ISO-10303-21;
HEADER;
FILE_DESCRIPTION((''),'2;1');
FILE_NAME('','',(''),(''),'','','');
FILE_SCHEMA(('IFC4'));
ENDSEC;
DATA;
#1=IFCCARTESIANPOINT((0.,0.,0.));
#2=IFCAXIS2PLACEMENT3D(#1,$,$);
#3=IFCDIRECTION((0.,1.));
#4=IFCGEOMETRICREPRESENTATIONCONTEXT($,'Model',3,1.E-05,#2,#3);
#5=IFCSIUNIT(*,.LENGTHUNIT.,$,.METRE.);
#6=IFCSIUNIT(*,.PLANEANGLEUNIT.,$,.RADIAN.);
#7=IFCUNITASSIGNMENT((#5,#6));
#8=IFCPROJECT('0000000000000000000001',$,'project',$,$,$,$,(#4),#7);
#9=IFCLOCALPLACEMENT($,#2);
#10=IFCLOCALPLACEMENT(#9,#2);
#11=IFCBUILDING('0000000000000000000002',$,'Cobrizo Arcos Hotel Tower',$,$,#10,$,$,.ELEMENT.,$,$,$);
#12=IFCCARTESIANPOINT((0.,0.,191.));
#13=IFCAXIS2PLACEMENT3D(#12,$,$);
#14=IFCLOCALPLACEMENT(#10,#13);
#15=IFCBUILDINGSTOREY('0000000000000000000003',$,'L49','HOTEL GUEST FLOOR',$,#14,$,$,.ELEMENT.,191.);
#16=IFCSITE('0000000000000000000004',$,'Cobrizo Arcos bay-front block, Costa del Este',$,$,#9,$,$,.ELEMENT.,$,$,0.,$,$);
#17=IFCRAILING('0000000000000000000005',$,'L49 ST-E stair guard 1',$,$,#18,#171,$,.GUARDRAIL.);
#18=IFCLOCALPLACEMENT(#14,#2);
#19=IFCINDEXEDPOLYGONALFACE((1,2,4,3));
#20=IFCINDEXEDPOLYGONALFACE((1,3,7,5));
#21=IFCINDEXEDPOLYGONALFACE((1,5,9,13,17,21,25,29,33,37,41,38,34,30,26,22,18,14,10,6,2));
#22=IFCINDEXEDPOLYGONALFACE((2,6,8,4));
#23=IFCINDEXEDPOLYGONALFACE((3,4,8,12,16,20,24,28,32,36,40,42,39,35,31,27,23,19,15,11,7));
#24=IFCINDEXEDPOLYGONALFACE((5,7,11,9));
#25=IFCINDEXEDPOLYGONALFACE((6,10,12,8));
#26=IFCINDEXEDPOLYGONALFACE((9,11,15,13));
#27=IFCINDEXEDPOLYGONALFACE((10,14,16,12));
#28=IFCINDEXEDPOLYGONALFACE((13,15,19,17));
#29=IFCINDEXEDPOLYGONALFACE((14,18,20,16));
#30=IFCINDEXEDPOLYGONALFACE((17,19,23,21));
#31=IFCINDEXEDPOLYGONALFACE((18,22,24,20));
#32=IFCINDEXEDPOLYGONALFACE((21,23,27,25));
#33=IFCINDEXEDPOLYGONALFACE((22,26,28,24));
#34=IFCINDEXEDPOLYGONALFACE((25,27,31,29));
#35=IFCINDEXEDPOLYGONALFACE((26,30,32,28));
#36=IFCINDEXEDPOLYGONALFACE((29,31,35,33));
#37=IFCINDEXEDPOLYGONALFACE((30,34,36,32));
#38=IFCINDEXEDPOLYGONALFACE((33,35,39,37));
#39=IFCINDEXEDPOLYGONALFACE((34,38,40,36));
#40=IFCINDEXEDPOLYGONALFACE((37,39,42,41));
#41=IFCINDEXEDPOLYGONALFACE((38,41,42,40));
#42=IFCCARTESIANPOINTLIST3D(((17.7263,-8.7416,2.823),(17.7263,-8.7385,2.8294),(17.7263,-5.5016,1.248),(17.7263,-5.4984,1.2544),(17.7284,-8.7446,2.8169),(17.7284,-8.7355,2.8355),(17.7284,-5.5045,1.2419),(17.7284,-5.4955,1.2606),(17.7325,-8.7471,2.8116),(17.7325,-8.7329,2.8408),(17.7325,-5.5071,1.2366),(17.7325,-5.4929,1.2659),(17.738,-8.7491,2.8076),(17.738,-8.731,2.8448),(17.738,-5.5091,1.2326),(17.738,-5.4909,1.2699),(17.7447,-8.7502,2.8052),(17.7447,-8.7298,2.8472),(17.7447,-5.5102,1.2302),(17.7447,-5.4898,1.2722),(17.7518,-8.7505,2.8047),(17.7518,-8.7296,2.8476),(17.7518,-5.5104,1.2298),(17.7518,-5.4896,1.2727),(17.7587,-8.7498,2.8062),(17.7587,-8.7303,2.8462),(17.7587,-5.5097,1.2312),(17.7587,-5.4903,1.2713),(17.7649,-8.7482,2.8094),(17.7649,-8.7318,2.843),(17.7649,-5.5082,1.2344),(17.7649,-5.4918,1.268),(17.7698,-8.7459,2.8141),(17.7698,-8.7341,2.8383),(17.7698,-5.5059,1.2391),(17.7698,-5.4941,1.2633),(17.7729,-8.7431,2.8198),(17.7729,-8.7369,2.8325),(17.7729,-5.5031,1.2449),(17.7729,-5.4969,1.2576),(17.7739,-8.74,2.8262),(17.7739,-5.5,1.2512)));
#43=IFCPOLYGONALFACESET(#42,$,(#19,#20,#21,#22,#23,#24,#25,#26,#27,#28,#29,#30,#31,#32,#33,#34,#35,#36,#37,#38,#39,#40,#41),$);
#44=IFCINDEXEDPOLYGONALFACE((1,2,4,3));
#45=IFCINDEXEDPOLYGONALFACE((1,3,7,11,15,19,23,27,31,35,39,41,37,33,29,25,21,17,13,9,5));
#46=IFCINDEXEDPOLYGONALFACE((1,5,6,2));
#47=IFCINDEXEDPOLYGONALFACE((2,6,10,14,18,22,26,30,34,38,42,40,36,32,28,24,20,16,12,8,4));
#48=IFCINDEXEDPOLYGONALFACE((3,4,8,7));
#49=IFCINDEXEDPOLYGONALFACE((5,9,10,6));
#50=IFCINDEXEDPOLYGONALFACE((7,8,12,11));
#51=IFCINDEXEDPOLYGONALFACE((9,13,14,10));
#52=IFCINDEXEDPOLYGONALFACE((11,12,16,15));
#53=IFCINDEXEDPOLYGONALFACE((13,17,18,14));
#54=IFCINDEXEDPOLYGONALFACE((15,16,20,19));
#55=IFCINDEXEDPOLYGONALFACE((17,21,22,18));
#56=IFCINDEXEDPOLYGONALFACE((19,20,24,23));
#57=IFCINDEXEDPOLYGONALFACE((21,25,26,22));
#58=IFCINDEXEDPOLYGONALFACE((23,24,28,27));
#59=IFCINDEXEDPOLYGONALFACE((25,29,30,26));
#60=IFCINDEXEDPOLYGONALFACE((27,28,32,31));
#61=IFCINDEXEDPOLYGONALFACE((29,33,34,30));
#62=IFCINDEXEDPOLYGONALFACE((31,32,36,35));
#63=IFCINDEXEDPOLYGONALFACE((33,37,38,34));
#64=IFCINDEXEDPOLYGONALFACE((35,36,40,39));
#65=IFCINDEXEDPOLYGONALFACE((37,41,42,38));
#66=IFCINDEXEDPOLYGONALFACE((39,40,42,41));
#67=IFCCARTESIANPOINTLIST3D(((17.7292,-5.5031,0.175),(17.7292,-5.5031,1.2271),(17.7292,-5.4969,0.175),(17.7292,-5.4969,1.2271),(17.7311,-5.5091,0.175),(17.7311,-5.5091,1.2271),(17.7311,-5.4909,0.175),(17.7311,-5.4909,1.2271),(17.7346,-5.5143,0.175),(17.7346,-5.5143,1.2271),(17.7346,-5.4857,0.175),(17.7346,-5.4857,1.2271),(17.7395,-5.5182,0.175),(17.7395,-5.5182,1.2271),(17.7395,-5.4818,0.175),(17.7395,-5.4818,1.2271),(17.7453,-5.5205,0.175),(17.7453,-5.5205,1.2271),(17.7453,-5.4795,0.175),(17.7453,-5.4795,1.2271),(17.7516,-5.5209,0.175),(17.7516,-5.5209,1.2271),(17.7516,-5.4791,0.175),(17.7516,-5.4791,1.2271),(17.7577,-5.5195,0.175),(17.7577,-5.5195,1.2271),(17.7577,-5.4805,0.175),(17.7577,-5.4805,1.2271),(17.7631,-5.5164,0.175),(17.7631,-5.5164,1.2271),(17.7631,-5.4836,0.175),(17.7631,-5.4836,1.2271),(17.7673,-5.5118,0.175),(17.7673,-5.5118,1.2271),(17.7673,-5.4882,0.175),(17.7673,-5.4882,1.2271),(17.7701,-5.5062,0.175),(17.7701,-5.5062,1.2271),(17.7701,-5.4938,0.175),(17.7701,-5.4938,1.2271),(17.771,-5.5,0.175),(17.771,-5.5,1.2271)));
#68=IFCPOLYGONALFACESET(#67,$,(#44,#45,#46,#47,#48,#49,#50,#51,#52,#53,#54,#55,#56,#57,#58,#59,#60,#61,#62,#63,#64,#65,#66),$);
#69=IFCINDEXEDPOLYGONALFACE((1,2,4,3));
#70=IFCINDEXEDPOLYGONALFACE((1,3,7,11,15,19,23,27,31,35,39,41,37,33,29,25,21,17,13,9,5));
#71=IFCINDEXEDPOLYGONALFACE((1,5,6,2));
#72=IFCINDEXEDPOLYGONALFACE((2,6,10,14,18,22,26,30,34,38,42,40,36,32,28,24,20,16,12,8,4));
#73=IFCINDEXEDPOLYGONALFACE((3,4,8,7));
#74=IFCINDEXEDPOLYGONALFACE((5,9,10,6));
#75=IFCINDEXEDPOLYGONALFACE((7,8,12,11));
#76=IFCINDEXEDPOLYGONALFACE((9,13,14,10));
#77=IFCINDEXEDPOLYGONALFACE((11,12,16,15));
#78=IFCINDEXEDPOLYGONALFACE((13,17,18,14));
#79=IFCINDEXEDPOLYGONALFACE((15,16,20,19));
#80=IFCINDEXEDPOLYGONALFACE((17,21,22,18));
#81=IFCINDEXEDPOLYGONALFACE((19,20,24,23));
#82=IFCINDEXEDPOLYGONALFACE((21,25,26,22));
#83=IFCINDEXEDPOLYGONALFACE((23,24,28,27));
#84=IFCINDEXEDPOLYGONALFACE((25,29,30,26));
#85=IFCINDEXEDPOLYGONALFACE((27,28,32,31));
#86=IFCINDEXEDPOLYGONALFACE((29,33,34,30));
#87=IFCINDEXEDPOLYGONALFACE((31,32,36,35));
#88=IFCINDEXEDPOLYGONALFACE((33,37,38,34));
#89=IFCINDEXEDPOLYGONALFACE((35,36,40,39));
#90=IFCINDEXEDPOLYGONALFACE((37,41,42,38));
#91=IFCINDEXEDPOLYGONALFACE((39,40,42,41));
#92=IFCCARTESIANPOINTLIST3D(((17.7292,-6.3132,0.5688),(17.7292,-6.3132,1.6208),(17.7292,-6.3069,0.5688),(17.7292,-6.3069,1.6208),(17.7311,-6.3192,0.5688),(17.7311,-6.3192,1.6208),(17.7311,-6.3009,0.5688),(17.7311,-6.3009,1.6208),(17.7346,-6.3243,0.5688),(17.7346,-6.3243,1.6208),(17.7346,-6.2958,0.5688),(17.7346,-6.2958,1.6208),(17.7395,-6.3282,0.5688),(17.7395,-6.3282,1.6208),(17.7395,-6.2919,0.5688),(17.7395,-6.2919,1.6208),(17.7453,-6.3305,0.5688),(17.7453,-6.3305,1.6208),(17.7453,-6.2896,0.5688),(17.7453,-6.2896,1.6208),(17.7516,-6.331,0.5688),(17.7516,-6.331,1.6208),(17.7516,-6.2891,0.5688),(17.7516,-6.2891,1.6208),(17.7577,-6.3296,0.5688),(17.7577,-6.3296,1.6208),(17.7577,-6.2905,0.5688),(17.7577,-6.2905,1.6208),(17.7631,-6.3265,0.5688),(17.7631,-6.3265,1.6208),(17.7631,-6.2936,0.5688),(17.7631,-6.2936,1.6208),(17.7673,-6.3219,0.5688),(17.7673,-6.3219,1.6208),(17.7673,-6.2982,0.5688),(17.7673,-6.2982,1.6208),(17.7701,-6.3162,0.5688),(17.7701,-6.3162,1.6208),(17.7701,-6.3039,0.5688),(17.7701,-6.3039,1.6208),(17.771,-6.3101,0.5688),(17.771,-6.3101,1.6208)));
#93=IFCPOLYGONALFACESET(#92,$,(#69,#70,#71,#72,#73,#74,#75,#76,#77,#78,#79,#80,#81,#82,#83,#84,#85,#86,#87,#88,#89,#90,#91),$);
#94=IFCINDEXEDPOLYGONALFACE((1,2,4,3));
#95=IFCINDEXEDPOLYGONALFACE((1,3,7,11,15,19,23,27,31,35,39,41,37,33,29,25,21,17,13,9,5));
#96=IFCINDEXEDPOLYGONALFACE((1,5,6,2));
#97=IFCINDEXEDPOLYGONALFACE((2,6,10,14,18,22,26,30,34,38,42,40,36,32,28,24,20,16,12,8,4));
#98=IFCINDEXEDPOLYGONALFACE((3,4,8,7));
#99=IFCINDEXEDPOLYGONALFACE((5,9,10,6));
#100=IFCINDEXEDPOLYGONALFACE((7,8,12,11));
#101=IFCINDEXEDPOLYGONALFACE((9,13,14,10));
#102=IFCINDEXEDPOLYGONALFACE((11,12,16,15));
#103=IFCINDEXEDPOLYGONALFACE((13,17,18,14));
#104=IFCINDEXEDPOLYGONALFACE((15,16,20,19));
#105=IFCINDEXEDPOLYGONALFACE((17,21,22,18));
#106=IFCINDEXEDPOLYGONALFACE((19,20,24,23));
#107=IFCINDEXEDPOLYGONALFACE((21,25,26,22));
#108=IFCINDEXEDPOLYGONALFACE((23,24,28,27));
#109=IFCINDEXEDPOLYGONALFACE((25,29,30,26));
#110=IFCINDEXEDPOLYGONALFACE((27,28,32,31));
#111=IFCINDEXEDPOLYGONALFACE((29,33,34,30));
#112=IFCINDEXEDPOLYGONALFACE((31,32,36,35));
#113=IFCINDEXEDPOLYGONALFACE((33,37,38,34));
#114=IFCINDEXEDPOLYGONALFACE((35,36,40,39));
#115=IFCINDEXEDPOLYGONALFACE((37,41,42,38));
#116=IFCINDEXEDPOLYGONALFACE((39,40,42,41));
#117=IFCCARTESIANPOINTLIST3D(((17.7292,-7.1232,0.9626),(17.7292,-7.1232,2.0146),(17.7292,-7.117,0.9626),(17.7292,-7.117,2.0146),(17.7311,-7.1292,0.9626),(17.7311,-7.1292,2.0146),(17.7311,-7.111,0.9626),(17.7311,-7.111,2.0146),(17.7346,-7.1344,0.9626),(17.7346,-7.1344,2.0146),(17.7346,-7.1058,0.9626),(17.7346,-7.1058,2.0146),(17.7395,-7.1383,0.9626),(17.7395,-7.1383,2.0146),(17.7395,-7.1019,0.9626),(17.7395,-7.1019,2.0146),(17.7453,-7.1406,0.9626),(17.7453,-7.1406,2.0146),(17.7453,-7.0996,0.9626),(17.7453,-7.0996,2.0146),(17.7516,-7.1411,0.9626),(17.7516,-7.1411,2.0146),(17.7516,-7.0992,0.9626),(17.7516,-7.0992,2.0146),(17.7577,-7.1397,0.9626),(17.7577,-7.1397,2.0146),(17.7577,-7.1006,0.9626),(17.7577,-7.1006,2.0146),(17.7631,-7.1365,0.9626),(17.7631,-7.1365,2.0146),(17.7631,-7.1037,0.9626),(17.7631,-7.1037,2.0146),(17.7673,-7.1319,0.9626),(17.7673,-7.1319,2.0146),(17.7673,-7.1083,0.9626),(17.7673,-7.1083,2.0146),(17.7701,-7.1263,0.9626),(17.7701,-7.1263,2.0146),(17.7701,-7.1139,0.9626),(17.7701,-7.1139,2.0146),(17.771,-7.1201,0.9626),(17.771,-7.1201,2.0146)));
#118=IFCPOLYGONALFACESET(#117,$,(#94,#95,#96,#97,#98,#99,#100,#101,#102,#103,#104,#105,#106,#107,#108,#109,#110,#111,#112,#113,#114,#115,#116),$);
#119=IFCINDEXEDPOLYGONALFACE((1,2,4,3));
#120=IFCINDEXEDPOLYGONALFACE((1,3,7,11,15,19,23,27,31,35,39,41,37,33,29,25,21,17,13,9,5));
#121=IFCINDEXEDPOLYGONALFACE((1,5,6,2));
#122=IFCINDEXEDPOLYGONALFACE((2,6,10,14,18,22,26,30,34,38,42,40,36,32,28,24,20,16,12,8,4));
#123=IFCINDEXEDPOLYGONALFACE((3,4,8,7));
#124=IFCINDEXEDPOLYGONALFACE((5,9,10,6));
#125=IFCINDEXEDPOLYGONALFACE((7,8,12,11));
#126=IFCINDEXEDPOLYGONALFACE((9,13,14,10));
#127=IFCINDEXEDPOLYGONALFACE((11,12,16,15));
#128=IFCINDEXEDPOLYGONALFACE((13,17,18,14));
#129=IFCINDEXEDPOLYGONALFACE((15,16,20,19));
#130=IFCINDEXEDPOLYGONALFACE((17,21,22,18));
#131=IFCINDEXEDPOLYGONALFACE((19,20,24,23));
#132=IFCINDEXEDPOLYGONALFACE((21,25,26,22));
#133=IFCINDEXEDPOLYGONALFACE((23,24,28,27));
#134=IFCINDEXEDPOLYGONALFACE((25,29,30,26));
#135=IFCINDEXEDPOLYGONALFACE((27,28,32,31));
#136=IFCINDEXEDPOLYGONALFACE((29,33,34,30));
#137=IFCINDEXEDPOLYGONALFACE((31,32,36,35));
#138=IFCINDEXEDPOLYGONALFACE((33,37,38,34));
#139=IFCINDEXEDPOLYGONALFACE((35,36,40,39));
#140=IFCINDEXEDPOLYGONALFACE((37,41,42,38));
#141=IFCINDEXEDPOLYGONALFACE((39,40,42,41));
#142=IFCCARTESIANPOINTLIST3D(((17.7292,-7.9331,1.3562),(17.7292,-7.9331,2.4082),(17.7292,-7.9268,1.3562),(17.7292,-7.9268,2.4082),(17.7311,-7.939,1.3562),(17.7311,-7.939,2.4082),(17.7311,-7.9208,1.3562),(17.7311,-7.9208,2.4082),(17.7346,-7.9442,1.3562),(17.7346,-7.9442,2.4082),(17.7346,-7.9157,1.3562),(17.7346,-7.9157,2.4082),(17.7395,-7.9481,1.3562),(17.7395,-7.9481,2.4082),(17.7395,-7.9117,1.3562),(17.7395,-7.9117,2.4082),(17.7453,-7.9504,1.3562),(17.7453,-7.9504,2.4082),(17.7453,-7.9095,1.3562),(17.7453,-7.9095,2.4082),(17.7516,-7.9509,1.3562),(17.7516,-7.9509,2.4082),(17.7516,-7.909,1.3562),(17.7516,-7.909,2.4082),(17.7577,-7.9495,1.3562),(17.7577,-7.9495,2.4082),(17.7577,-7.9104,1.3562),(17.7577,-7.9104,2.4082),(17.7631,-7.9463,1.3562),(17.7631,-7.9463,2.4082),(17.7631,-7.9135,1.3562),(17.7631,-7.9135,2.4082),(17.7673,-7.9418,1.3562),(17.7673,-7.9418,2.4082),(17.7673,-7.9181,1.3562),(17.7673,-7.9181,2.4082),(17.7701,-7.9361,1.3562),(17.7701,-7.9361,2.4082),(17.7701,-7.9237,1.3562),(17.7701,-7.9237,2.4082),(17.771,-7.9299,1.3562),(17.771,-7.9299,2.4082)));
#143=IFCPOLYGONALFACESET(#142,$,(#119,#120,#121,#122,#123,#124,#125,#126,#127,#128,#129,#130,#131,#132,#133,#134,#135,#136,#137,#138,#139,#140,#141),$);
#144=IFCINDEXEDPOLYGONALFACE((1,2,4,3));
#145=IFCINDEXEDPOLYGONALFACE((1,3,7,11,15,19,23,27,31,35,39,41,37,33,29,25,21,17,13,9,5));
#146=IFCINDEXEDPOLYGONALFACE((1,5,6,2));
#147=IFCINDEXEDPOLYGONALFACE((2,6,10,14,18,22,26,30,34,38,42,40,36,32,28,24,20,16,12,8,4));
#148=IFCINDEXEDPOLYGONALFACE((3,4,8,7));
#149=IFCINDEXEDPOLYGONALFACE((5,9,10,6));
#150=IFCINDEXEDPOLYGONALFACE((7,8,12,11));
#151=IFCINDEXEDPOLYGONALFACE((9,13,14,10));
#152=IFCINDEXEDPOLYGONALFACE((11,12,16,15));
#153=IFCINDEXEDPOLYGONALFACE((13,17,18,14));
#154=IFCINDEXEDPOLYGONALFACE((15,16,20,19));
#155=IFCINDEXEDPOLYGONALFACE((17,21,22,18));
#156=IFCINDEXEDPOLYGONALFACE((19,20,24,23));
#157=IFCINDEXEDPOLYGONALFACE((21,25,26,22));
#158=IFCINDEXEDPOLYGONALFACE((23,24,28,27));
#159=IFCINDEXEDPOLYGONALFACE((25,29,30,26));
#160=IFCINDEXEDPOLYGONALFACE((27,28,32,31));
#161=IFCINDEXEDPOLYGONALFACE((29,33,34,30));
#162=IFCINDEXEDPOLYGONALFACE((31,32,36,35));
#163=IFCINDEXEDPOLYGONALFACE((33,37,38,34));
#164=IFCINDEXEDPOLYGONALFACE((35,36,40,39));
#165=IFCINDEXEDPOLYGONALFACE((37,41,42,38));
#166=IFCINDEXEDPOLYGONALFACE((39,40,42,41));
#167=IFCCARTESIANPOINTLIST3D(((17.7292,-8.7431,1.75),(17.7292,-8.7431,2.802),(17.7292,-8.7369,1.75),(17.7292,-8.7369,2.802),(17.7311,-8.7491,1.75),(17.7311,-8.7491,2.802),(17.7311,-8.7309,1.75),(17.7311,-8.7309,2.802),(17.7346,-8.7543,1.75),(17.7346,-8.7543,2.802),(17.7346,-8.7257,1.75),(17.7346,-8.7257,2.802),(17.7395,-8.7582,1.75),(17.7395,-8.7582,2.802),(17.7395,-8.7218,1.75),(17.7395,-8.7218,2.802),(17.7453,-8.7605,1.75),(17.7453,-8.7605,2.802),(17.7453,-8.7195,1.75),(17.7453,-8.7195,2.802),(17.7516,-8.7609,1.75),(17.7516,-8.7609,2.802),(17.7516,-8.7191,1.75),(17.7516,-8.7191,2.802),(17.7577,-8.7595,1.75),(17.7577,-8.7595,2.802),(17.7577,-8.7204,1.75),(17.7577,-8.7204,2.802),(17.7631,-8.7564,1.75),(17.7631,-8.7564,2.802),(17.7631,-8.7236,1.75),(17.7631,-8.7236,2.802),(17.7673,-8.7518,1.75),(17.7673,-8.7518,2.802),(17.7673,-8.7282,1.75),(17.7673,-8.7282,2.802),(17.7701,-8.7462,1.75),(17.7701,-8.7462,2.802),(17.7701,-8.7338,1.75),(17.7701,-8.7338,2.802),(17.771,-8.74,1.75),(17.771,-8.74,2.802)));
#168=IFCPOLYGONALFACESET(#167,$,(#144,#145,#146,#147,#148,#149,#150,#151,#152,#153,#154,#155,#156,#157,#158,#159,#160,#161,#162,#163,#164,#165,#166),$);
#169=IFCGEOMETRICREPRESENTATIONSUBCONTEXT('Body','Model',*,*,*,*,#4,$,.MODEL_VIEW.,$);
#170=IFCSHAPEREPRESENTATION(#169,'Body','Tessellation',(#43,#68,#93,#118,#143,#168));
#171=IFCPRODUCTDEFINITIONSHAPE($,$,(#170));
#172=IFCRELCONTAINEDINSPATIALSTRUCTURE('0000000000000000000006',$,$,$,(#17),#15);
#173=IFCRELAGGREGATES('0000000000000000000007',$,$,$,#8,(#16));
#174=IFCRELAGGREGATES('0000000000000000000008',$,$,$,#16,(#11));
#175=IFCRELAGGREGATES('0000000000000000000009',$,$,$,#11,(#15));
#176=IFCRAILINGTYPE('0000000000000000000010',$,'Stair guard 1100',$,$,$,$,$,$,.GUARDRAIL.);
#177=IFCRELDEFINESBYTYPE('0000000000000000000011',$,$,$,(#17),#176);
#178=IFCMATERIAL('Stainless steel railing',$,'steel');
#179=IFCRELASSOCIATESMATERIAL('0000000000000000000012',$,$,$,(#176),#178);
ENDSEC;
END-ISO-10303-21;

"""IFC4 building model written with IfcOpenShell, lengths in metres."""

from ifc_helpers import new_model, si_unit, direction, frame, origin, origin_2d, place, context, subcontext, project, spatial, circle, extrude, material, type_object, element, save


model = new_model("IFC4")

# Units and contexts
model_context = context("Model", 3, precision=1e-05, world=origin(), true_north=direction((0.0, 1.0)))
body_context = subcontext(model_context, "Body", "Model", "MODEL_VIEW")
ifc_project = project(units=[si_unit("LENGTHUNIT", "METRE"), si_unit("PLANEANGLEUNIT", "RADIAN")], contexts=[model_context])

# Site, building, storey
site_placement = place(None, origin())
site = spatial("IfcSite", under=ifc_project, at=site_placement, Name="Cobrizo Arcos bay-front block, Costa del Este", CompositionType="ELEMENT", RefElevation=0.0)
building_placement = place(site_placement, origin())
building = spatial("IfcBuilding", under=site, at=building_placement, Name="Cobrizo Arcos Hotel Tower", CompositionType="ELEMENT")
storey_placement = place(building_placement, frame((0.0, 0.0, 191.0)))
storey = spatial("IfcBuildingStorey", under=building, at=storey_placement, Name="L49", Description="HOTEL GUEST FLOOR", CompositionType="ELEMENT", Elevation=191.0)

# Railing
ifc_material_1 = material(Name="Stainless steel railing", Category="steel")
railing_type_1 = type_object("IfcRailingType", Name="Stair guard 1100", PredefinedType="GUARDRAIL", material=ifc_material_1)
railing_1_placement = place(storey_placement, frame((17.75, -5.5, 0.175)))
element("IfcRailing", 1, at=railing_1_placement, inside=storey, type_object=railing_type_1, Name="L49 ST-E stair guard 1", PredefinedType="GUARDRAIL", context=body_context, shape_type="SweptSolid", body=[
    extrude(circle(Radius=0.0239, at=origin_2d()), frame((0.0, 0.0, 1.0762), z_axis=(0.0, -0.899373, 0.437183), x_axis=(1.0, 0.0, 0.0)), (0.0, 0.0, 1.0), 3.6025),
    extrude(circle(Radius=0.021, at=origin_2d()), origin(), (0.0, 0.0, 1.0), 1.052),
    extrude(circle(Radius=0.021, at=origin_2d()), frame((0.0, -0.8101, 0.3938)), (0.0, 0.0, 1.0), 1.052),
    extrude(circle(Radius=0.021, at=origin_2d()), frame((0.0, -1.6201, 0.7876)), (0.0, 0.0, 1.0), 1.052),
    extrude(circle(Radius=0.021, at=origin_2d()), frame((0.0, -2.4299, 1.1812)), (0.0, 0.0, 1.0), 1.052),
    extrude(circle(Radius=0.021, at=origin_2d()), frame((0.0, -3.24, 1.575)), (0.0, 0.0, 1.0), 1.052),
])

save(model, "model.ifc")
